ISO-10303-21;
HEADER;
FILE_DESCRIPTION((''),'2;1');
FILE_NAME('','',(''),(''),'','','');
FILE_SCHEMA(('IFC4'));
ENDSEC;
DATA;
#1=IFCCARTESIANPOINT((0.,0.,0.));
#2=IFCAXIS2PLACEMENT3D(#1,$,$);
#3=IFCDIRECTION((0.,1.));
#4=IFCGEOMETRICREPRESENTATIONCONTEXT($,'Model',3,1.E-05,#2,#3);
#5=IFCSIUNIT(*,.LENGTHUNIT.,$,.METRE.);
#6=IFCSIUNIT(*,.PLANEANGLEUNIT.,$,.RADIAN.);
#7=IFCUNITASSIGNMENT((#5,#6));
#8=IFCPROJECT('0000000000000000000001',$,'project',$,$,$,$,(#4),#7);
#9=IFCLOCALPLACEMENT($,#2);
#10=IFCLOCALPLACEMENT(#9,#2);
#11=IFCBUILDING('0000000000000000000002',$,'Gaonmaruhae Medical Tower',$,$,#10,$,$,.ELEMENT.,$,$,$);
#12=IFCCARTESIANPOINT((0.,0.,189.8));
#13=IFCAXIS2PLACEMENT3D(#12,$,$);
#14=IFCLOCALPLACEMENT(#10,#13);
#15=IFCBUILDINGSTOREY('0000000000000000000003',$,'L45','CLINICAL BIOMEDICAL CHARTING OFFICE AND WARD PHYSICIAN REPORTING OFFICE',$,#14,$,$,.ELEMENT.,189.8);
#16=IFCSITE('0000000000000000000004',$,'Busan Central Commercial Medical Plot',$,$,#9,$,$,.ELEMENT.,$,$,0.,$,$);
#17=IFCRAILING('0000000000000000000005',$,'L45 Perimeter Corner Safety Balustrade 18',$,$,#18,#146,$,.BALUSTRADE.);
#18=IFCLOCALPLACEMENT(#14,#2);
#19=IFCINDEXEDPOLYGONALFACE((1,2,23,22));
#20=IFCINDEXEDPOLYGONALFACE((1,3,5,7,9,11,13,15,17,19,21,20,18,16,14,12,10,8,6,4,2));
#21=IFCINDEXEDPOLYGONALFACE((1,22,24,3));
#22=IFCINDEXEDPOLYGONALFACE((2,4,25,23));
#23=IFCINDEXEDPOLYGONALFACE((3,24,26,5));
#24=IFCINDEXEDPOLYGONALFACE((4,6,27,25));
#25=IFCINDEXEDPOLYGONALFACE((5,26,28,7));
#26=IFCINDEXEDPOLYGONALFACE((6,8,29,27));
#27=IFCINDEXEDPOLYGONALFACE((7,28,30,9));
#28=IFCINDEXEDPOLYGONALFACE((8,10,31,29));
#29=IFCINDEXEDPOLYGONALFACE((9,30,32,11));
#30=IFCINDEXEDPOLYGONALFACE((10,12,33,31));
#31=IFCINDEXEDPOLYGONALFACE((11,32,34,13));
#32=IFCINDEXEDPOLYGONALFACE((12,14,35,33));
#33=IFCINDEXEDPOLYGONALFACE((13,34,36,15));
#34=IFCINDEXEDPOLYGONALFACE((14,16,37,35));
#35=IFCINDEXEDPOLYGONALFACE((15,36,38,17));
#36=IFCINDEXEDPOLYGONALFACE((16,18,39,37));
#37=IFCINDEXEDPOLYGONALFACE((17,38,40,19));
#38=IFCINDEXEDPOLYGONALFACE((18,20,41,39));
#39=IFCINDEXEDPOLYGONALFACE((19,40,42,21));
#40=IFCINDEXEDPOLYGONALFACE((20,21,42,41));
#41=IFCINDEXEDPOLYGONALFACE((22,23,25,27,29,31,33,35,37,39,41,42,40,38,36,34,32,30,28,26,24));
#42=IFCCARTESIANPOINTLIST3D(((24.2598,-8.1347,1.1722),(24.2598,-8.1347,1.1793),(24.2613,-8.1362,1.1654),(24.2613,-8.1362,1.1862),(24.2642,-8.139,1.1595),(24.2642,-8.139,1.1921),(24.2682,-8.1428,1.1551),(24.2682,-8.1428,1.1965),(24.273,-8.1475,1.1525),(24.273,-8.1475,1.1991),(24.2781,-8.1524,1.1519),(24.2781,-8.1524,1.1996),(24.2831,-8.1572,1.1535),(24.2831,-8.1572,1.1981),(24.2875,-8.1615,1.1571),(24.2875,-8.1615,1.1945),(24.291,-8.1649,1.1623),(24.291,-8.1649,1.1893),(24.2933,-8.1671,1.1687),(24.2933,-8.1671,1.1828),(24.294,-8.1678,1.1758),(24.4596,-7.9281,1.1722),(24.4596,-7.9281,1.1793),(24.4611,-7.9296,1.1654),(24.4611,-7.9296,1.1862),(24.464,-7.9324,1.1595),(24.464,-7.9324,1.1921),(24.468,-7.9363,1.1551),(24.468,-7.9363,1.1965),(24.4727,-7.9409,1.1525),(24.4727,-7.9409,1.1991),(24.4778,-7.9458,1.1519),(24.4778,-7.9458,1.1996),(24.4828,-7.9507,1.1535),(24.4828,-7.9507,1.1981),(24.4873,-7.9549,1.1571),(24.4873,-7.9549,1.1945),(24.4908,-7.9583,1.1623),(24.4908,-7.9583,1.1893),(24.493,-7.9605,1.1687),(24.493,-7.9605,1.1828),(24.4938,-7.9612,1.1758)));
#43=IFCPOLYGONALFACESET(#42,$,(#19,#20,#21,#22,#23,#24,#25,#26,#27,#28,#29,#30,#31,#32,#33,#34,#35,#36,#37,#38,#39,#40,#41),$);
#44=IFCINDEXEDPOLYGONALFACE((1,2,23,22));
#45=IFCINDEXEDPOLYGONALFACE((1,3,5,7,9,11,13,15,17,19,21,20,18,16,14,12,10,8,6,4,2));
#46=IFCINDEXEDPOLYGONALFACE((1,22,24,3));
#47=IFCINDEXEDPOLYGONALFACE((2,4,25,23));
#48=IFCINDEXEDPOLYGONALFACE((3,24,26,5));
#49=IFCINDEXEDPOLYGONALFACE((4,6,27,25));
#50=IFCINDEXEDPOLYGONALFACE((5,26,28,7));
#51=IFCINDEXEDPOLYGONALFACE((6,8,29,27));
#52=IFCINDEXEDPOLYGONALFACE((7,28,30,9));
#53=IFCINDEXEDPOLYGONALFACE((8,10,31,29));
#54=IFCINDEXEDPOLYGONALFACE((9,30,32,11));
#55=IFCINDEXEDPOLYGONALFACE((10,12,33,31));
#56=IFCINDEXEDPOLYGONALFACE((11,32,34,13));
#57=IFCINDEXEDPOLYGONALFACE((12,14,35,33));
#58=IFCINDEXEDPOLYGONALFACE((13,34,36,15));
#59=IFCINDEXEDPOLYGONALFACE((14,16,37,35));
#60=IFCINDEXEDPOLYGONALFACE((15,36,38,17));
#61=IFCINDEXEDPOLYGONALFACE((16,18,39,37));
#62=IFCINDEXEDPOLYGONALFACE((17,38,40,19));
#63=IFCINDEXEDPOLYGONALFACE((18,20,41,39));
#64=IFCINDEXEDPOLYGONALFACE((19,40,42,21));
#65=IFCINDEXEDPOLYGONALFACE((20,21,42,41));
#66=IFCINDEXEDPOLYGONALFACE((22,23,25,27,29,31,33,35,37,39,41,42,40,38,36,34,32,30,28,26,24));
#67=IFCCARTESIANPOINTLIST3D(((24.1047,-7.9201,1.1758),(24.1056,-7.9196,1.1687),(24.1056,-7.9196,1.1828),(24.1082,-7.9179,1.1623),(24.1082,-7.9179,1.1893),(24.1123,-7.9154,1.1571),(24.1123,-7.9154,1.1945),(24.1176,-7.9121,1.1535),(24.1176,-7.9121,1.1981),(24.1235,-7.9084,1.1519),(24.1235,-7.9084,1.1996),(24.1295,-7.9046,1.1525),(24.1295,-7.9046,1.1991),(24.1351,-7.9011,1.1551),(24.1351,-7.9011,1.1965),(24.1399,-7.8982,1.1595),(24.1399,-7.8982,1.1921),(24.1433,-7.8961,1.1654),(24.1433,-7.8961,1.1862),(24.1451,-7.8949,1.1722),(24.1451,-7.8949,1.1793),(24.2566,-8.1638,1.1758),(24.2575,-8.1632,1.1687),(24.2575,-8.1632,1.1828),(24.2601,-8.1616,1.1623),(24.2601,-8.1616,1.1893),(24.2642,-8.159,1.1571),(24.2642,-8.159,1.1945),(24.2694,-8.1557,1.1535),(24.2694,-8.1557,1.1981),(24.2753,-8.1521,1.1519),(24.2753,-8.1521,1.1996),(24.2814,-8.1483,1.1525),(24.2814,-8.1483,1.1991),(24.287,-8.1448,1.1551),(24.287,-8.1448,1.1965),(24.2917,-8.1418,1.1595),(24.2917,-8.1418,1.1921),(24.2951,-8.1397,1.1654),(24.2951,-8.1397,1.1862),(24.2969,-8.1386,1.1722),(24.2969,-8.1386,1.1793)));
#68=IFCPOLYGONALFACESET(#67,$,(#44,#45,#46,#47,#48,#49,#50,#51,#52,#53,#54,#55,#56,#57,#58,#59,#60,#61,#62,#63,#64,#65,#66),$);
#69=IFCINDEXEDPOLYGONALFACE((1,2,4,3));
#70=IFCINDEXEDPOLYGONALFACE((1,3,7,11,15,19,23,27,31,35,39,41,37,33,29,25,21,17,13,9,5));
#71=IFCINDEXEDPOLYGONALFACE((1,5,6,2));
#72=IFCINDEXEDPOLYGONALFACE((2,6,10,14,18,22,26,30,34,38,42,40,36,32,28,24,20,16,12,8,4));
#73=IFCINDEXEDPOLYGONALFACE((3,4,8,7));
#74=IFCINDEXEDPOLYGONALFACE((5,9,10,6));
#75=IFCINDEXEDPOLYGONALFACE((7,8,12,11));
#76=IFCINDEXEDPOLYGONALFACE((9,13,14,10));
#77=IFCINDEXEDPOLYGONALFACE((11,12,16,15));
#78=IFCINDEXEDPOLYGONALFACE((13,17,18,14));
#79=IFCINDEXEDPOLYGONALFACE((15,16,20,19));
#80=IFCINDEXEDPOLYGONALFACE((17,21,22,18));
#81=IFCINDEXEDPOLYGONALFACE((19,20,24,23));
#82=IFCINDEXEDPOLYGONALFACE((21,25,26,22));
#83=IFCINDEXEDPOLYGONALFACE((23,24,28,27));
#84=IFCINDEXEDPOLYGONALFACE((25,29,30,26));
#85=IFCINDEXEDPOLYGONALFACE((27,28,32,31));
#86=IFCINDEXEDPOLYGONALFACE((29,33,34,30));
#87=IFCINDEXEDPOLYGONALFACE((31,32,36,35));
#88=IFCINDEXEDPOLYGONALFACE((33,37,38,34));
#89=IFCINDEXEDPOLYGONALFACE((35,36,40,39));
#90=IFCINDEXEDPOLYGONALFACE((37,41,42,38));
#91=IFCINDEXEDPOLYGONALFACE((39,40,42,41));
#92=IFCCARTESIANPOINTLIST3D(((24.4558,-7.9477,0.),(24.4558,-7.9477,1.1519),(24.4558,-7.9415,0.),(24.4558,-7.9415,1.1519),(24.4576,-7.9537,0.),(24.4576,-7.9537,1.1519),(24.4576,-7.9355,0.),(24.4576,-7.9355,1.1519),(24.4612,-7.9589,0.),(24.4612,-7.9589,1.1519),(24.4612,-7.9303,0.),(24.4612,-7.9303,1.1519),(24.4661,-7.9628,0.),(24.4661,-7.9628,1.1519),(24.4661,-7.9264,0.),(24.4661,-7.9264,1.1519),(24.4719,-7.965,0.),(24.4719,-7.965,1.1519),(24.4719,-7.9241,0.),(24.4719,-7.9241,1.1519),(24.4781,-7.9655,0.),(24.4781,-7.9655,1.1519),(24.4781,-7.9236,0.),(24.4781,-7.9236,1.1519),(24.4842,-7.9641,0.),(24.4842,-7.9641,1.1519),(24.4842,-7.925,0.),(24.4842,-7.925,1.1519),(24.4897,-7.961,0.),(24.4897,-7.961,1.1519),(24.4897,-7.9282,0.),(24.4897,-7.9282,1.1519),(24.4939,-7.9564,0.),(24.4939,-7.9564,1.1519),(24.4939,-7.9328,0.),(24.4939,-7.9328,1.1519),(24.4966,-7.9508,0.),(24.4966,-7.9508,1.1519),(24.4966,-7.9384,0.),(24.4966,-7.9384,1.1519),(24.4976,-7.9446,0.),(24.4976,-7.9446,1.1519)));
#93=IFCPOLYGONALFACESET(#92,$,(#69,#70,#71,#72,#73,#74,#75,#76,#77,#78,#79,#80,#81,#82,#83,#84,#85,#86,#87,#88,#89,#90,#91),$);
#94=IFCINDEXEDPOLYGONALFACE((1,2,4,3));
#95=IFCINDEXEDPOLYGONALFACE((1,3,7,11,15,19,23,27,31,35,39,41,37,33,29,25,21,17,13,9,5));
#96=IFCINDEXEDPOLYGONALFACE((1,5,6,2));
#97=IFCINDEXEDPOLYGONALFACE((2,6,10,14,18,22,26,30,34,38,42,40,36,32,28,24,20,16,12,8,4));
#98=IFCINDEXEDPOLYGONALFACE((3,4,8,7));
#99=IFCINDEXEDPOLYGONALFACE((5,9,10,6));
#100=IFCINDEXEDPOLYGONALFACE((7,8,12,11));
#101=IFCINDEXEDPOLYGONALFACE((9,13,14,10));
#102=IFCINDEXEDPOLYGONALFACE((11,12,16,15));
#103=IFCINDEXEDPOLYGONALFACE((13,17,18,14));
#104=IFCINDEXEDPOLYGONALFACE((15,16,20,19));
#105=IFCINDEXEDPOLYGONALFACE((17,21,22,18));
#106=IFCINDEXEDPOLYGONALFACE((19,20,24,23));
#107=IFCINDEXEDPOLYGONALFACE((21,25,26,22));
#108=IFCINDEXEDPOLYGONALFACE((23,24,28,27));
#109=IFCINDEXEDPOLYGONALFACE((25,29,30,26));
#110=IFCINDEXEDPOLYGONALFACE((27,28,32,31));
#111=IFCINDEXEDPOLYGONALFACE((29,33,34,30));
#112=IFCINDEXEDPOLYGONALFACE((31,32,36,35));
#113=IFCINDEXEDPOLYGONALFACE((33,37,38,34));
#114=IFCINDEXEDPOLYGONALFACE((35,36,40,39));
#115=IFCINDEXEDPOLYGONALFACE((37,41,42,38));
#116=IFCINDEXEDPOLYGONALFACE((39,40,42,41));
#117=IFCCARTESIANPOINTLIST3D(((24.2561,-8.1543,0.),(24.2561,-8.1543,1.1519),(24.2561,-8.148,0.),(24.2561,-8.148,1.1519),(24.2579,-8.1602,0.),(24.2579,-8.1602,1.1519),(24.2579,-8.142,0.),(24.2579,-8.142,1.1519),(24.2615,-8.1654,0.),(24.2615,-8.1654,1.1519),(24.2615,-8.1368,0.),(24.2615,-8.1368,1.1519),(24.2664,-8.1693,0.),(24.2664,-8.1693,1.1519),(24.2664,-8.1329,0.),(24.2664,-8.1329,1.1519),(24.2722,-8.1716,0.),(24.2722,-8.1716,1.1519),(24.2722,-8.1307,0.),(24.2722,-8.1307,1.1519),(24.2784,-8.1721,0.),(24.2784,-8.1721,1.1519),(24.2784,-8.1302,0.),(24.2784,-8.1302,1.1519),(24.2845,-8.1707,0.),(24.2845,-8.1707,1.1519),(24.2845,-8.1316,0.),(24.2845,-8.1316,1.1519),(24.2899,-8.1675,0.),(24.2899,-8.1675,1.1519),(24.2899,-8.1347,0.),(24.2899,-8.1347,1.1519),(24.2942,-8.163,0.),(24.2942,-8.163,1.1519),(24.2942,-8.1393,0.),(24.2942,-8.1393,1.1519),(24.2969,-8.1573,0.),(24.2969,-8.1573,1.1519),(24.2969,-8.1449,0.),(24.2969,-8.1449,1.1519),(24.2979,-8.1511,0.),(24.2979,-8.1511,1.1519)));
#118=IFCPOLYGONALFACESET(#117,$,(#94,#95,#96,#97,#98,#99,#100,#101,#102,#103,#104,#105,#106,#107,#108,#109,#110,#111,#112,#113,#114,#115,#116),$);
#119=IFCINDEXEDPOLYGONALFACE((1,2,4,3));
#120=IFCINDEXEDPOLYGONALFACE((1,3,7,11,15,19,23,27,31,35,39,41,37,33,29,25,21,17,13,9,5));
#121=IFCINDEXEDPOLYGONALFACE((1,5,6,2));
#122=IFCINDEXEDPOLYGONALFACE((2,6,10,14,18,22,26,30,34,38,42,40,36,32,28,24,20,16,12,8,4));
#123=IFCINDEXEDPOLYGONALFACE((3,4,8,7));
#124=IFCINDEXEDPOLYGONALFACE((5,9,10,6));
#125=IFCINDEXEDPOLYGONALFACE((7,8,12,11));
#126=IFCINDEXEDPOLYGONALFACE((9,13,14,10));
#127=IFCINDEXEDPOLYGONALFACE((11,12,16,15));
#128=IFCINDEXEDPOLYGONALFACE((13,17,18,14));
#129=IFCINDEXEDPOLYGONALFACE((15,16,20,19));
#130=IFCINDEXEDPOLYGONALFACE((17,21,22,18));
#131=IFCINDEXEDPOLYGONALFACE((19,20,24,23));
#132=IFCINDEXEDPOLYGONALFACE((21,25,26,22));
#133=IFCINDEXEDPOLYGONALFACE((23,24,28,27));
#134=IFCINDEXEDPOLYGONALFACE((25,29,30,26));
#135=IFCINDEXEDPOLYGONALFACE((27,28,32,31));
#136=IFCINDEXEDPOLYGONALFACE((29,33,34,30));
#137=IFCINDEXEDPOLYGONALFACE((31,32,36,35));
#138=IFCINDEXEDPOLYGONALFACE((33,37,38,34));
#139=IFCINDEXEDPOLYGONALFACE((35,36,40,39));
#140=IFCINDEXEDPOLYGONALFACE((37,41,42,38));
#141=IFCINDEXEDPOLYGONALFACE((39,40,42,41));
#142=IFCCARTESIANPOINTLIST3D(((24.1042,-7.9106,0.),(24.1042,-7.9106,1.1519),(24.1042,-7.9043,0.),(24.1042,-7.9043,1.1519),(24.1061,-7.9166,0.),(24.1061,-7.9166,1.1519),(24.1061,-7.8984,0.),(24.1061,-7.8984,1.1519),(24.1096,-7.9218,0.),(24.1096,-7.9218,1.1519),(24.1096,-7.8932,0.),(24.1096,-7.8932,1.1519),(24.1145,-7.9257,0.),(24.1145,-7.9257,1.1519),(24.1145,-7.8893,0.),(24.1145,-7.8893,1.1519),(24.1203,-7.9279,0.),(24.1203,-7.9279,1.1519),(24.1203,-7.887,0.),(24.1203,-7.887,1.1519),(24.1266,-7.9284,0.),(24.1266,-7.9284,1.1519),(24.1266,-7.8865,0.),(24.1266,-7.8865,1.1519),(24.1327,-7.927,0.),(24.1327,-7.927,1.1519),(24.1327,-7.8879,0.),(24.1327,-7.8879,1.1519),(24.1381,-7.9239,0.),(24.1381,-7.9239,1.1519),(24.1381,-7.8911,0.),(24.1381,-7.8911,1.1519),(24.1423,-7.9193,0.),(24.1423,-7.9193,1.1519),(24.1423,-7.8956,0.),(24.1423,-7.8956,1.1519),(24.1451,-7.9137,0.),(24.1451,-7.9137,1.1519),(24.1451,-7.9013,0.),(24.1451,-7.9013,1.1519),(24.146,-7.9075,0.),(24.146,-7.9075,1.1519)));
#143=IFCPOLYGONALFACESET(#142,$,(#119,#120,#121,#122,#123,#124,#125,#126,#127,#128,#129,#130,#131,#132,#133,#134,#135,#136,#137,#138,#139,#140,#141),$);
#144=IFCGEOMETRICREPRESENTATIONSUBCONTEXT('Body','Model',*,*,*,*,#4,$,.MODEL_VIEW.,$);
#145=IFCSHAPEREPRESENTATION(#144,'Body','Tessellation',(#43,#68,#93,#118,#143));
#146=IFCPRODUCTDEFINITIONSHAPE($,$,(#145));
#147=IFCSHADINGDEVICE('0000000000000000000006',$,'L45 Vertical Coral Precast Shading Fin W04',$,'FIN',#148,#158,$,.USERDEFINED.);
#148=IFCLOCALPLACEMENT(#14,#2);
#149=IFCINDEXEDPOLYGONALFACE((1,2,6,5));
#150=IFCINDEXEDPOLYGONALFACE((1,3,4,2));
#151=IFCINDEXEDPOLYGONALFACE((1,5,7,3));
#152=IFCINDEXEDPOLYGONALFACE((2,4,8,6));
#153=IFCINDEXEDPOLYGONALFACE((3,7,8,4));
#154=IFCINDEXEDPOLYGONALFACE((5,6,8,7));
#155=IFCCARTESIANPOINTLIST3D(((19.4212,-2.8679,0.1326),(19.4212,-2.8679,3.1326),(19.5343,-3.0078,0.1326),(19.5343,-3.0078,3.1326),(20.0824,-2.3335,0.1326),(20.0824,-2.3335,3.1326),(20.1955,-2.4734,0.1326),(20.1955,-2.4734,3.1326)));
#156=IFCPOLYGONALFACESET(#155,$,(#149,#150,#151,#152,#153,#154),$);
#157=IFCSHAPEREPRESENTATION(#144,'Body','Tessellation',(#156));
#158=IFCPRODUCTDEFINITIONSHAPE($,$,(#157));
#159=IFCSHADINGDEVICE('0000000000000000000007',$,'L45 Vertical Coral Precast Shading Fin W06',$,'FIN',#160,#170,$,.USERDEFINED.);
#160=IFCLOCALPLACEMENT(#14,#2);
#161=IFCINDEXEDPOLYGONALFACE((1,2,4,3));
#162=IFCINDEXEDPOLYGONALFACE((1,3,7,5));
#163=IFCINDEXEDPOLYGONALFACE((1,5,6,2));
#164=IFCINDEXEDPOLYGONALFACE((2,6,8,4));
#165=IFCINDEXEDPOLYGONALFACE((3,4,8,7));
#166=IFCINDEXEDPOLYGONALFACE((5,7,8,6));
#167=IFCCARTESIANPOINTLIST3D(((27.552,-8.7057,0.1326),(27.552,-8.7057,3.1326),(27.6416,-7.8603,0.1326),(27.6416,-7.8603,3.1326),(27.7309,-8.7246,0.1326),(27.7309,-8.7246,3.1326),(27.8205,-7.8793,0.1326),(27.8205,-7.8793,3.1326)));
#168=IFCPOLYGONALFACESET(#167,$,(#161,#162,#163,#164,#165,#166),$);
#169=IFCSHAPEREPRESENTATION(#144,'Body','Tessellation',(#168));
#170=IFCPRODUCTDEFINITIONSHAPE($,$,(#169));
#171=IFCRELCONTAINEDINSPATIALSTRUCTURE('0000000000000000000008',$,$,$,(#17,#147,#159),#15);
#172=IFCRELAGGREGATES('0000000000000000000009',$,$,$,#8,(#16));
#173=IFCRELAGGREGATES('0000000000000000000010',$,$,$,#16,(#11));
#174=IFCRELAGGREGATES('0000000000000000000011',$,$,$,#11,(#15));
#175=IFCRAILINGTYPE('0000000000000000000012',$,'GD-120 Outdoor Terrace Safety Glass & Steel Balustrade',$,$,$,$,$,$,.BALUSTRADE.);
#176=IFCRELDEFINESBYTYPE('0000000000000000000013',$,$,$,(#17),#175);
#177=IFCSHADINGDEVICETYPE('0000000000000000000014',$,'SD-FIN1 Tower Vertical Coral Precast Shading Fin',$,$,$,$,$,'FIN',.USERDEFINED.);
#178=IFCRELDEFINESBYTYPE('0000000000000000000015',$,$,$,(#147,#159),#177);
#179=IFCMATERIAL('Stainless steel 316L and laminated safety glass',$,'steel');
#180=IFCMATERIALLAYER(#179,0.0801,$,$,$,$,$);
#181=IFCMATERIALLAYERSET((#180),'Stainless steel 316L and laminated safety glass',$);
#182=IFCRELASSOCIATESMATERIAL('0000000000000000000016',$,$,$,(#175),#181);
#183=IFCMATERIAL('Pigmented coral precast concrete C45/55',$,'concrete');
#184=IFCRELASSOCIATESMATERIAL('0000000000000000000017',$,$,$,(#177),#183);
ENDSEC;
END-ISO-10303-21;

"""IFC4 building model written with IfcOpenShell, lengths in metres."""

from ifc_helpers import new_model, si_unit, direction, frame, origin, origin_2d, place, context, subcontext, project, spatial, rectangle, circle, extrude, material, layer, layer_set, type_object, element, save


model = new_model("IFC4")

# Units and contexts
model_context = context("Model", 3, precision=1e-05, world=origin(), true_north=direction((0.0, 1.0)))
body_context = subcontext(model_context, "Body", "Model", "MODEL_VIEW")
ifc_project = project(units=[si_unit("LENGTHUNIT", "METRE"), si_unit("PLANEANGLEUNIT", "RADIAN")], contexts=[model_context])

# Site, building, storey
site_placement = place(None, origin())
site = spatial("IfcSite", under=ifc_project, at=site_placement, Name="Busan Central Commercial Medical Plot", CompositionType="ELEMENT", RefElevation=0.0)
building_placement = place(site_placement, origin())
building = spatial("IfcBuilding", under=site, at=building_placement, Name="Gaonmaruhae Medical Tower", CompositionType="ELEMENT")
storey_placement = place(building_placement, frame((0.0, 0.0, 189.8)))
storey = spatial("IfcBuildingStorey", under=building, at=storey_placement, Name="L45", Description="CLINICAL BIOMEDICAL CHARTING OFFICE AND WARD PHYSICIAN REPORTING OFFICE", CompositionType="ELEMENT", Elevation=189.8)

# Railing
ifc_material_1 = material(Name="Stainless steel 316L and laminated safety glass", Category="steel")
ifc_layer_1 = layer(ifc_material_1, 0.0801)
ifc_layer_set_1 = layer_set([ifc_layer_1], Name="Stainless steel 316L and laminated safety glass")
railing_type = type_object("IfcRailingType", Name="GD-120 Outdoor Terrace Safety Glass & Steel Balustrade", PredefinedType="BALUSTRADE", material=ifc_layer_set_1)
railing_1_placement = place(storey_placement, frame((24.4766, -7.9446, 0.0)))
element("IfcRailing", 1, at=railing_1_placement, inside=storey, type_object=railing_type, Name="L45 Perimeter Corner Safety Balustrade 18", PredefinedType="BALUSTRADE", context=body_context, shape_type="SweptSolid", body=[
    extrude(circle(Radius=0.0239, at=origin_2d()), frame((0.0, 0.0, 1.1758), z_axis=(-0.69511, -0.718903, 0.0), x_axis=(0.718903, -0.69511, 0.0)), (0.0, 0.0, 1.0), 0.2874),
    extrude(circle(Radius=0.0239, at=origin_2d()), frame((-0.1997, -0.2065, 1.1758), z_axis=(-0.528928, 0.848666, 0.0), x_axis=(-0.848666, -0.528928, 0.0)), (0.0, 0.0, 1.0), 0.2871),
    extrude(circle(Radius=0.021, at=origin_2d()), origin(), (0.0, 0.0, 1.0), 1.1519),
    extrude(circle(Radius=0.021, at=origin_2d()), frame((-0.1997, -0.2065, 0.0)), (0.0, 0.0, 1.0), 1.1519),
    extrude(circle(Radius=0.021, at=origin_2d()), frame((-0.3516, 0.0371, 0.0)), (0.0, 0.0, 1.0), 1.1519),
])

# Shading devices
ifc_material_2 = material(Name="Pigmented coral precast concrete C45/55", Category="concrete")
shading_device_type = type_object("IfcShadingDeviceType", Name="SD-FIN1 Tower Vertical Coral Precast Shading Fin", ElementType="FIN", PredefinedType="USERDEFINED", material=ifc_material_2)
for number, where, z_axis, x_axis, name in (
    (2, (19.8083, -2.6707, 0.1326), (0.0, 0.0, 1.0), (-0.628642, 0.777695, 0.0), "L45 Vertical Coral Precast Shading Fin W04"),
    (3, (27.6863, -8.2925, 0.1326), (0.0, 0.0, 1.0), (-0.99443, 0.105396, 0.0), "L45 Vertical Coral Precast Shading Fin W06"),
):
    element("IfcShadingDevice", number, at=place(storey_placement, frame(where, z_axis=z_axis, x_axis=x_axis)), inside=storey, type_object=shading_device_type, Name=name, ObjectType="FIN", PredefinedType="USERDEFINED", context=body_context, shape_type="SweptSolid", body=[
        extrude(rectangle(XDim=0.1799, YDim=0.8501, at=origin_2d()), origin(), (0.0, 0.0, 1.0), 3.0),
    ])

save(model, "model.ifc")
